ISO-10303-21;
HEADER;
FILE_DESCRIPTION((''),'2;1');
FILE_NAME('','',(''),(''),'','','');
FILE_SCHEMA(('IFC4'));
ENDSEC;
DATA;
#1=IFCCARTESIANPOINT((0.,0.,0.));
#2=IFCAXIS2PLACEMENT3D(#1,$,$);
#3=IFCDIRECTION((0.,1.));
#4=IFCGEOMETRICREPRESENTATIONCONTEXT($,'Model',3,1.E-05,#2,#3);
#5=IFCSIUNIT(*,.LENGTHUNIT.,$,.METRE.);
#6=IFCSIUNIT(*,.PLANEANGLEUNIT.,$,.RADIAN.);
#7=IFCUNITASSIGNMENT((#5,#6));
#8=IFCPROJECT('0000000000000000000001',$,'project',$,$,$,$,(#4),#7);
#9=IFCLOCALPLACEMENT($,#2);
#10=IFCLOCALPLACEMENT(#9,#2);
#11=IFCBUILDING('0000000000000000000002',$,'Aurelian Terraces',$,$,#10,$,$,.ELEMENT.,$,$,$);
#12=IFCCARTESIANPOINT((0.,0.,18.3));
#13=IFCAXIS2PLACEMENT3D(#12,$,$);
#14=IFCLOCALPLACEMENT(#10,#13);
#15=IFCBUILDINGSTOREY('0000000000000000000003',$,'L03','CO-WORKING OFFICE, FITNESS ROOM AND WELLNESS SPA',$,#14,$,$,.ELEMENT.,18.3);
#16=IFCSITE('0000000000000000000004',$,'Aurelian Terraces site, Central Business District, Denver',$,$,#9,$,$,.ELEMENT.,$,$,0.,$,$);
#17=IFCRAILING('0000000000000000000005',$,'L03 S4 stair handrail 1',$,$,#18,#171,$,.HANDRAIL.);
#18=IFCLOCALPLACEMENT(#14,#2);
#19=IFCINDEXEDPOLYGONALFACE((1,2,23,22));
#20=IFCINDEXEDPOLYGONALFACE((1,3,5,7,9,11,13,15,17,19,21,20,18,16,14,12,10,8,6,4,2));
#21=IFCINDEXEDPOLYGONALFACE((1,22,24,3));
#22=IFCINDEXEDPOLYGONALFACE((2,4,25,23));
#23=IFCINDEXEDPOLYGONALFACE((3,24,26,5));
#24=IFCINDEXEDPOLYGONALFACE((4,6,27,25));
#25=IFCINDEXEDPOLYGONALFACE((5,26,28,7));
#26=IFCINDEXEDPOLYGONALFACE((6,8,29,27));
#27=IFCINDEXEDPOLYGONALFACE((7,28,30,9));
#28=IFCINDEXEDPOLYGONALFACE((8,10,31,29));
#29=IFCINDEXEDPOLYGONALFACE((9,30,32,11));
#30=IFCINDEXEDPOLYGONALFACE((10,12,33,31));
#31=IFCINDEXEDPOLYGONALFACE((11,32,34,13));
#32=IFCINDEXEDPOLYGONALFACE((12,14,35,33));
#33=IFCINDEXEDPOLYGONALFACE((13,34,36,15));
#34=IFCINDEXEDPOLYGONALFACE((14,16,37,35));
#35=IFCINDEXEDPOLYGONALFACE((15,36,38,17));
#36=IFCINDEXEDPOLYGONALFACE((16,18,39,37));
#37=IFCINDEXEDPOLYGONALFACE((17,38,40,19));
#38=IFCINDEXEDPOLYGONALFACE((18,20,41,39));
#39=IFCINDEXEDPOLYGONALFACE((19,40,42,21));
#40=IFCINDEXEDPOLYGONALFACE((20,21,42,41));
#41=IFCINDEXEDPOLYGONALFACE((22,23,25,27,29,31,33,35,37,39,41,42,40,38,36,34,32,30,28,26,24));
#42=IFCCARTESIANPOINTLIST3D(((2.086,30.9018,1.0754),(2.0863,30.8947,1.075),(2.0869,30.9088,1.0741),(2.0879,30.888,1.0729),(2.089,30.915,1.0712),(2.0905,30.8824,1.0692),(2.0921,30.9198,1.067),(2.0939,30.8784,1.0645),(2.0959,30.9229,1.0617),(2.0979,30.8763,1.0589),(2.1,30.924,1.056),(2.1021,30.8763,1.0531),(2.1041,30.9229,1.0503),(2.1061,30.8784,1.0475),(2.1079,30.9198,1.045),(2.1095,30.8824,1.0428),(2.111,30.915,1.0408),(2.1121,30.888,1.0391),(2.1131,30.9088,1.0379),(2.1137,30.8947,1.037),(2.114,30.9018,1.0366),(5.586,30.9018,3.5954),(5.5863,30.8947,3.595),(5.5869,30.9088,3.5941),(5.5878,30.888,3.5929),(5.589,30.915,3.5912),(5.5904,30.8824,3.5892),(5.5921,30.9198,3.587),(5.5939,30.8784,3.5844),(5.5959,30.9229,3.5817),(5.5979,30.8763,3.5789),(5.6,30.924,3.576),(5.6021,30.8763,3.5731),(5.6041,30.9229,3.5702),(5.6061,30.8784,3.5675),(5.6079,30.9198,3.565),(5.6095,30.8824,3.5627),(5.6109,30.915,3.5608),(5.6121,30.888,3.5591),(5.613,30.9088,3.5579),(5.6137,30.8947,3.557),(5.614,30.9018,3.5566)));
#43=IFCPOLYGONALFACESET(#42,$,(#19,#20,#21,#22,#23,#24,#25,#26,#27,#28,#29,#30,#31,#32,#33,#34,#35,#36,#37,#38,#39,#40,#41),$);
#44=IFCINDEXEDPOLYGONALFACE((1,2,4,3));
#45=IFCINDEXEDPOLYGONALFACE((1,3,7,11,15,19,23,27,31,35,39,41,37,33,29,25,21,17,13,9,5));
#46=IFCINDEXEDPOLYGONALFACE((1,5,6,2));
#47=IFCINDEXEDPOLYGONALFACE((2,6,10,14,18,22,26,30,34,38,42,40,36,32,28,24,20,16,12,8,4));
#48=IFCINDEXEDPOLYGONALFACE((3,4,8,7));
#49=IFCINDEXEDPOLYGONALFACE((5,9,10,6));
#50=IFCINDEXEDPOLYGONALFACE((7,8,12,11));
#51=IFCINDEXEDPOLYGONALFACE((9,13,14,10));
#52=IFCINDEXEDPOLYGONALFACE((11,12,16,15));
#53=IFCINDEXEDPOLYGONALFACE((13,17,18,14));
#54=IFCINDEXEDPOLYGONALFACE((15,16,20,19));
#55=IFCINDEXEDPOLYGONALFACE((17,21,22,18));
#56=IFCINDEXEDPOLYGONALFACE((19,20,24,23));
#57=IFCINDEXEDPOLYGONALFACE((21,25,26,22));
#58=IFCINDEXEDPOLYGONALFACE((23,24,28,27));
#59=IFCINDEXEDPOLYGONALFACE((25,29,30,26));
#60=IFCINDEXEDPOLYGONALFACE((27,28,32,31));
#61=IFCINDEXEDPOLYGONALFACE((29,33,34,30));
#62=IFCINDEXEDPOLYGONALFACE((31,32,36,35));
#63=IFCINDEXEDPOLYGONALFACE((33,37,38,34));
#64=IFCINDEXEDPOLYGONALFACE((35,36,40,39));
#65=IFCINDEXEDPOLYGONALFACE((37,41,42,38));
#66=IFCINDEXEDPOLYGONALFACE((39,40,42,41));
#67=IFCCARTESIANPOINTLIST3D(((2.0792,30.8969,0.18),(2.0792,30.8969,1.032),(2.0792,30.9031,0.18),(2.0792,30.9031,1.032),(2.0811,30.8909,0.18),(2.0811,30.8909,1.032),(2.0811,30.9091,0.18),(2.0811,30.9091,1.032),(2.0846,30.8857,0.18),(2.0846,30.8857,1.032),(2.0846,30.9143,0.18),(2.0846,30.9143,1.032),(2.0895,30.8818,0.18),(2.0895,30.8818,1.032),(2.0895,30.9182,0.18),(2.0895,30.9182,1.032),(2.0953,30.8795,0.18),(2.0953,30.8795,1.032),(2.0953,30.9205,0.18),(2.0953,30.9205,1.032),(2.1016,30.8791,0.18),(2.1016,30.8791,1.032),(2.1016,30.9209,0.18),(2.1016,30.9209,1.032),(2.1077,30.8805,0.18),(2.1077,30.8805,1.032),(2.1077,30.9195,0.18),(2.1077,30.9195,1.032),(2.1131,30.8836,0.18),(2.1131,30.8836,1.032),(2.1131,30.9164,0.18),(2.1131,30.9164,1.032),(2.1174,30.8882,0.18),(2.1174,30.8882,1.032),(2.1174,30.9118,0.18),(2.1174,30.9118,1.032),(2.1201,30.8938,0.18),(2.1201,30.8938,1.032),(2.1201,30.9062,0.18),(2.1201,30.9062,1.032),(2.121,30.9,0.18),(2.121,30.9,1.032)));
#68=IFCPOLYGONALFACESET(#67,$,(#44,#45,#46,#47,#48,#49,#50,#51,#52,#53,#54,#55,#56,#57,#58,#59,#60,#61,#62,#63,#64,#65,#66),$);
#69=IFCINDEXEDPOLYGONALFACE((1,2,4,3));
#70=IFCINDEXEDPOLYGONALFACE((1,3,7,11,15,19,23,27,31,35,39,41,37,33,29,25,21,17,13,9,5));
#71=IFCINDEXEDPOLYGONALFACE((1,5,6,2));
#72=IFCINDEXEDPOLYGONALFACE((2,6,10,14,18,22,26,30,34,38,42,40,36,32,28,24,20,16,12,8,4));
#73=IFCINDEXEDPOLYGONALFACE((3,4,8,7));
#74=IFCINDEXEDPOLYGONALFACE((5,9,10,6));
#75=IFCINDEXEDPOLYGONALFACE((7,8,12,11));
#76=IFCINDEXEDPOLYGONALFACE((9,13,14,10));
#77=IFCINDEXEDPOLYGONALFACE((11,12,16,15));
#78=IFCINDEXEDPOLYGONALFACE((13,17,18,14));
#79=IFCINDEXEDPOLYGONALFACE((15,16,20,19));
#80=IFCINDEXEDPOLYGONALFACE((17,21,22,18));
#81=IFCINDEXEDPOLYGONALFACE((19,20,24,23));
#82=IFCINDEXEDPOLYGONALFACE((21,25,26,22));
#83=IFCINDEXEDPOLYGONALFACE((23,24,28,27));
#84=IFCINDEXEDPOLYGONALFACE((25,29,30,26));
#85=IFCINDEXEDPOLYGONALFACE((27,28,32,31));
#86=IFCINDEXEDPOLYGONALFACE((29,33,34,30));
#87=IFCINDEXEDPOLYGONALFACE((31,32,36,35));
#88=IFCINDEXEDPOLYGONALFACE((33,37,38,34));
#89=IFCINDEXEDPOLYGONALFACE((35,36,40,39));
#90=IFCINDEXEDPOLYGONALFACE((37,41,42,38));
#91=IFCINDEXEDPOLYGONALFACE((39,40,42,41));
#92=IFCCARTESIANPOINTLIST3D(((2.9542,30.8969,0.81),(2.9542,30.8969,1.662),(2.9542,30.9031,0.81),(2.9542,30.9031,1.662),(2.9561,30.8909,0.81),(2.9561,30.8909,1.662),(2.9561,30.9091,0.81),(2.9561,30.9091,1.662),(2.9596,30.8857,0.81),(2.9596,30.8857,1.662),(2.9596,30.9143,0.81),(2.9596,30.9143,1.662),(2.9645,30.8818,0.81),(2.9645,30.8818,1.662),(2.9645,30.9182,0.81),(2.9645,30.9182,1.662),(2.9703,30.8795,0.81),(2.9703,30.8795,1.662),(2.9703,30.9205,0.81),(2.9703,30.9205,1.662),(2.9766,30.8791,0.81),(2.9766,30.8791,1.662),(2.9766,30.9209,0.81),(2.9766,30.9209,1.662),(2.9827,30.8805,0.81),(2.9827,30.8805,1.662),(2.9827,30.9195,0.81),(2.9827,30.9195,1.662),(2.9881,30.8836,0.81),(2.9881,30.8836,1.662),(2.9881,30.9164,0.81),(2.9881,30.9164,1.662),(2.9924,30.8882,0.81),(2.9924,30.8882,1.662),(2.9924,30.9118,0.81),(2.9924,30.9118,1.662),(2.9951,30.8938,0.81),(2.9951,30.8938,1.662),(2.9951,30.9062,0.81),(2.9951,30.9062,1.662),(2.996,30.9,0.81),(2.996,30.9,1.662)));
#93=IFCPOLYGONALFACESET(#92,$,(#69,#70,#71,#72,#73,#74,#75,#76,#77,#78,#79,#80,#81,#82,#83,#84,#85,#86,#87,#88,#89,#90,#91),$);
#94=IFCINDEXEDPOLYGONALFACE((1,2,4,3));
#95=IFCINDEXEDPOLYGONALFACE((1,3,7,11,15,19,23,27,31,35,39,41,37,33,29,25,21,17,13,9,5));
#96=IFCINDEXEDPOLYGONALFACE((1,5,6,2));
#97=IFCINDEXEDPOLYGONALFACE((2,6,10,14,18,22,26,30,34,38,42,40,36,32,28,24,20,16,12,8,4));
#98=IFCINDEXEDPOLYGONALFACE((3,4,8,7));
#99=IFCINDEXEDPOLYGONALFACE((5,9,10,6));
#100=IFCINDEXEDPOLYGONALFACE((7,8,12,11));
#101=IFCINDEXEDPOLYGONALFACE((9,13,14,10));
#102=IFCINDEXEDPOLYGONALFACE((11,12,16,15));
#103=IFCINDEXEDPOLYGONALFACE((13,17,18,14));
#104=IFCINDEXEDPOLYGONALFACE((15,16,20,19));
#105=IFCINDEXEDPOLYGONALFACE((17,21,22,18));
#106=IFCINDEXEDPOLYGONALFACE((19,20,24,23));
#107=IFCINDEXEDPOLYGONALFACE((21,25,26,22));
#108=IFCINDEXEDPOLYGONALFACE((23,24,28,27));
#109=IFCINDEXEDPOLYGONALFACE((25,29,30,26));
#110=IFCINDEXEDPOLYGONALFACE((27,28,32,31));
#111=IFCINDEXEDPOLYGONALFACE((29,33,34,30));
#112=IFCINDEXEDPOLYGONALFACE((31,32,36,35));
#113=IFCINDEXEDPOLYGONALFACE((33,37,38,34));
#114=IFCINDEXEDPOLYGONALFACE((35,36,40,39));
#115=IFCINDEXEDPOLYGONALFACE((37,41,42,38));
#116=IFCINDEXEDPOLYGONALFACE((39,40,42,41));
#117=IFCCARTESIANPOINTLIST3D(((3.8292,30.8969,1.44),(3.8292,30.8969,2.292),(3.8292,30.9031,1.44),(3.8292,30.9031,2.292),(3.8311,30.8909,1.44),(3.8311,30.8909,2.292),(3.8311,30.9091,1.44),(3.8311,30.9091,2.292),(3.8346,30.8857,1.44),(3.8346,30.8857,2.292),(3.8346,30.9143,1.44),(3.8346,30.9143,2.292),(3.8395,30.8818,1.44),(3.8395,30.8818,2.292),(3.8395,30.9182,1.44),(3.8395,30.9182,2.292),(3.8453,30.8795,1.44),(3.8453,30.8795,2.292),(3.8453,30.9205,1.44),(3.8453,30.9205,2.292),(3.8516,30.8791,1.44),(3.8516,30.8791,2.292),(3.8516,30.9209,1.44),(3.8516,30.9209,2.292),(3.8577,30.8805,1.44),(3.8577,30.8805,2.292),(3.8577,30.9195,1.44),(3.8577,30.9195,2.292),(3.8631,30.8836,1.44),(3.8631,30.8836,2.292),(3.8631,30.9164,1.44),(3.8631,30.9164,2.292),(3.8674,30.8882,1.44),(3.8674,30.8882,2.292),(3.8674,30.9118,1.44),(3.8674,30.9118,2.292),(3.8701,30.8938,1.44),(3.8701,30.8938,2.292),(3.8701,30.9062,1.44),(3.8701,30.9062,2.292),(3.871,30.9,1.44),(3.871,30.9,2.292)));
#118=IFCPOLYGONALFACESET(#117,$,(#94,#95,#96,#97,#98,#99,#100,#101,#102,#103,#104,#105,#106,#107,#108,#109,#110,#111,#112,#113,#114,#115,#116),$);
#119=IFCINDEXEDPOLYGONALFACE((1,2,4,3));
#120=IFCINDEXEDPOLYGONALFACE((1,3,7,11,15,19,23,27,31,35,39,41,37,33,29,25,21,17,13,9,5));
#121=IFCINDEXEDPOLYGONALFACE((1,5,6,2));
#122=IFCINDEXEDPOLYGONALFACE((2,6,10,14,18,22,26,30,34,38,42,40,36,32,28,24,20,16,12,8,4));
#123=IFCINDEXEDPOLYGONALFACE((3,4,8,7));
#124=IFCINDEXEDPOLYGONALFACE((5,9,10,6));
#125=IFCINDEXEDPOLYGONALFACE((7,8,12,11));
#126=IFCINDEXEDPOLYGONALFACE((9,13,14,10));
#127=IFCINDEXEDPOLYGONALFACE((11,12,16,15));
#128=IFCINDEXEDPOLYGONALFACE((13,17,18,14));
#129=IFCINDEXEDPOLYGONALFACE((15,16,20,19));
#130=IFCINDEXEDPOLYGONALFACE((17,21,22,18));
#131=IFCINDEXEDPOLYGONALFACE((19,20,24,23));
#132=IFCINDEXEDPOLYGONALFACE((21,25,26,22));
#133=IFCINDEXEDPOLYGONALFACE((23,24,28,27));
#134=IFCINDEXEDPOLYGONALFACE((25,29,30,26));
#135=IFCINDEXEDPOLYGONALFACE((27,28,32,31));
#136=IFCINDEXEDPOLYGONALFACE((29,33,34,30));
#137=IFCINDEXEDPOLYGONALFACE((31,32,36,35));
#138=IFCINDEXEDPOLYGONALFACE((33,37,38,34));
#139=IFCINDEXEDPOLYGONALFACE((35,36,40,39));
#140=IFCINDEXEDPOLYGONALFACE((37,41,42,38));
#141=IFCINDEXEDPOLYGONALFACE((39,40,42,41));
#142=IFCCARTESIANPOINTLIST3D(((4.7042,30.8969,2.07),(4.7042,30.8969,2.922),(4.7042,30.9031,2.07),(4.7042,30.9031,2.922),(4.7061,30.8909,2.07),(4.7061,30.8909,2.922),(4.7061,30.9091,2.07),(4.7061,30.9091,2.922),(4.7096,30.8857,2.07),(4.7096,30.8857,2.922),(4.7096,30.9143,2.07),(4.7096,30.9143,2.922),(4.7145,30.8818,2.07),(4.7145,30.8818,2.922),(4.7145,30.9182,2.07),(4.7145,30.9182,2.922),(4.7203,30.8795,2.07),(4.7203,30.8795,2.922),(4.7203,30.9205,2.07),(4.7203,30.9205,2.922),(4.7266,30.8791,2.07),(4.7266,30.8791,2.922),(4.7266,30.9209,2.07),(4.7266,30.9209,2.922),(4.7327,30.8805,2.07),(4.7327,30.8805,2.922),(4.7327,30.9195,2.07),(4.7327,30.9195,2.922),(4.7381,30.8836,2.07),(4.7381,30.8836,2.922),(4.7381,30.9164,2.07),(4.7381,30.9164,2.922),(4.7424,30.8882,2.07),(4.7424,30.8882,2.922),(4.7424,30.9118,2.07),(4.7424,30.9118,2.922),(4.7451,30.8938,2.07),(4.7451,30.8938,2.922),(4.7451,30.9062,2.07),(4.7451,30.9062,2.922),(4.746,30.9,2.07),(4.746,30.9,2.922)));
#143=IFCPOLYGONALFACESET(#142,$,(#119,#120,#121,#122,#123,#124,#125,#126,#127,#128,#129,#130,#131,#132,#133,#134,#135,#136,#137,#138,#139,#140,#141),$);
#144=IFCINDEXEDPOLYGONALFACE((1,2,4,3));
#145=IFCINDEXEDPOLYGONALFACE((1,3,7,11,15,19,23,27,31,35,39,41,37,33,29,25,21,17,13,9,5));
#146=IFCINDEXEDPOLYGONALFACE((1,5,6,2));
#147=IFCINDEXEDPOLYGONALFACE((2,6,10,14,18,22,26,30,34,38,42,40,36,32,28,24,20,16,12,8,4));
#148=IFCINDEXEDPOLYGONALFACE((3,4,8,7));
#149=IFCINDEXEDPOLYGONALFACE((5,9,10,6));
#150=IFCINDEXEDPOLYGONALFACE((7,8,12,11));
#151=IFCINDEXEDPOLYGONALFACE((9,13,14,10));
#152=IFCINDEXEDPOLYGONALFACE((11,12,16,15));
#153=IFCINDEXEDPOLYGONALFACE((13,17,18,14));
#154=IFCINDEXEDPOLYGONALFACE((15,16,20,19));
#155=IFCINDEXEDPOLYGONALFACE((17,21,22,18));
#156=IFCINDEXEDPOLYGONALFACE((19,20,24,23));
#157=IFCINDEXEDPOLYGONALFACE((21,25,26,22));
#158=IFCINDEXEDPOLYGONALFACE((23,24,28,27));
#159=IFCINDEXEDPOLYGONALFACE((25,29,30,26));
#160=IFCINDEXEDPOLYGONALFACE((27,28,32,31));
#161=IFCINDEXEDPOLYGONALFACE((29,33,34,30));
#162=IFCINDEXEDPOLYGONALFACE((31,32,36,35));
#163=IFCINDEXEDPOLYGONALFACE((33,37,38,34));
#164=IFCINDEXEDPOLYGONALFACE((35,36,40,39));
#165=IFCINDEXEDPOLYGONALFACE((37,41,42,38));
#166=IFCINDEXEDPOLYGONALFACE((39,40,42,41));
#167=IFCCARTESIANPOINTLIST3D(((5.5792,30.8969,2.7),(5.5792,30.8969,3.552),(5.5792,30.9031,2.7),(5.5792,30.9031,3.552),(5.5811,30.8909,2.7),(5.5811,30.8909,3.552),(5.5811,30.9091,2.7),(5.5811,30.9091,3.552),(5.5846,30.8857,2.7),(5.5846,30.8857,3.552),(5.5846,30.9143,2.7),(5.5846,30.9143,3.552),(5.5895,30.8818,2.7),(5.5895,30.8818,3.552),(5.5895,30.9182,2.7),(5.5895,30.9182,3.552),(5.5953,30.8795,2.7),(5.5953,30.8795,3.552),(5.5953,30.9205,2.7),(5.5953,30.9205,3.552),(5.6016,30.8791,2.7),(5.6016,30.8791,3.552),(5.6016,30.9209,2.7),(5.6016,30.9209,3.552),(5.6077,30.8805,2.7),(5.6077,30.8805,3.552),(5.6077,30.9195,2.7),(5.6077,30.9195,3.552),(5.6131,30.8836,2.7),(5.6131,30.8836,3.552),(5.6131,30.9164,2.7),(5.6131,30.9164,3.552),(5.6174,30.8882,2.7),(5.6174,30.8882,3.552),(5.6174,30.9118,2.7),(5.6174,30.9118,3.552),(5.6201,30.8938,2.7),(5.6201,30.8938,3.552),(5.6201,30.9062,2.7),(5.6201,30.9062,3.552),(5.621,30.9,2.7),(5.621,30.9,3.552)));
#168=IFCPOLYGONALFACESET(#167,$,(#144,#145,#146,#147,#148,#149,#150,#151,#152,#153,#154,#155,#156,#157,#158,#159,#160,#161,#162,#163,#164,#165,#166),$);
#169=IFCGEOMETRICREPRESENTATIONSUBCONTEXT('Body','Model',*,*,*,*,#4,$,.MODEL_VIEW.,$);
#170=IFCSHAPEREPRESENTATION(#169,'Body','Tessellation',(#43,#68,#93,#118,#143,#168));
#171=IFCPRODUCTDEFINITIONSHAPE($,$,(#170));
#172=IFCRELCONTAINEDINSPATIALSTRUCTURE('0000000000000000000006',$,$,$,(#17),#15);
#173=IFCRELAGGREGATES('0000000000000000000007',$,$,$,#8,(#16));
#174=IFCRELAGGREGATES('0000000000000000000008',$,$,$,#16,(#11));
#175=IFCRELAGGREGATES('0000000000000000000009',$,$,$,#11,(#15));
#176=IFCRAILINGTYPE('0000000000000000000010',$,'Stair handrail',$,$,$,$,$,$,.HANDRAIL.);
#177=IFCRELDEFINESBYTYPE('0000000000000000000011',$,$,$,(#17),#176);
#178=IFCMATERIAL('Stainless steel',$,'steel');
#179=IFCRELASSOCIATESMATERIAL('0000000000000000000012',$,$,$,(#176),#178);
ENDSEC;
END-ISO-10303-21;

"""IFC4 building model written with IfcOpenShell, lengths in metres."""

from ifc_helpers import new_model, si_unit, direction, frame, origin, origin_2d, place, context, subcontext, project, spatial, circle, extrude, source, transform, mapped, material, type_object, element, save


model = new_model("IFC4")

# Units and contexts
model_context = context("Model", 3, precision=1e-05, world=origin(), true_north=direction((0.0, 1.0)))
body_context = subcontext(model_context, "Body", "Model", "MODEL_VIEW")
ifc_project = project(units=[si_unit("LENGTHUNIT", "METRE"), si_unit("PLANEANGLEUNIT", "RADIAN")], contexts=[model_context])

# Site, building, storey
site_placement = place(None, origin())
site = spatial("IfcSite", under=ifc_project, at=site_placement, Name="Aurelian Terraces site, Central Business District, Denver", CompositionType="ELEMENT", RefElevation=0.0)
building_placement = place(site_placement, origin())
building = spatial("IfcBuilding", under=site, at=building_placement, Name="Aurelian Terraces", CompositionType="ELEMENT")
storey_placement = place(building_placement, frame((0.0, 0.0, 18.3)))
storey = spatial("IfcBuildingStorey", under=building, at=storey_placement, Name="L03", Description="CO-WORKING OFFICE, FITNESS ROOM AND WELLNESS SPA", CompositionType="ELEMENT", Elevation=18.3)

# Railing
ifc_material_1 = material(Name="Stainless steel", Category="steel")
railing_type_1 = type_object("IfcRailingType", Name="Stair handrail", PredefinedType="HANDRAIL", material=ifc_material_1)
shared_shape_1 = source(origin(), body_context, "Body", "SweptSolid", [
    extrude(circle(Radius=0.024, at=origin_2d()), frame((0.0, 0.0, 0.876), z_axis=(0.811534, 0.0, 0.584305), x_axis=(0.0, 1.0, 0.0)), (0.0, 0.0, 1.0), 4.3128),
    extrude(circle(Radius=0.021, at=origin_2d()), origin(), (0.0, 0.0, 1.0), 0.852),
    extrude(circle(Radius=0.021, at=origin_2d()), frame((0.875, 0.0, 0.63)), (0.0, 0.0, 1.0), 0.852),
    extrude(circle(Radius=0.021, at=origin_2d()), frame((1.75, 0.0, 1.26)), (0.0, 0.0, 1.0), 0.852),
    extrude(circle(Radius=0.021, at=origin_2d()), frame((2.625, 0.0, 1.89)), (0.0, 0.0, 1.0), 0.852),
    extrude(circle(Radius=0.021, at=origin_2d()), frame((3.5, 0.0, 2.52)), (0.0, 0.0, 1.0), 0.852),
])
for number, where, name in (
    (1, (2.1, 30.9, 0.18), "L03 S4 stair handrail 1"),
):
    element("IfcRailing", number, at=place(storey_placement, frame(where)), inside=storey, type_object=railing_type_1, Name=name, PredefinedType="HANDRAIL", context=body_context, shape_type="MappedRepresentation", body=[
        mapped(shared_shape_1, transform((0.0, 0.0, 0.0), scale=1.0)),
    ])

save(model, "model.ifc")
